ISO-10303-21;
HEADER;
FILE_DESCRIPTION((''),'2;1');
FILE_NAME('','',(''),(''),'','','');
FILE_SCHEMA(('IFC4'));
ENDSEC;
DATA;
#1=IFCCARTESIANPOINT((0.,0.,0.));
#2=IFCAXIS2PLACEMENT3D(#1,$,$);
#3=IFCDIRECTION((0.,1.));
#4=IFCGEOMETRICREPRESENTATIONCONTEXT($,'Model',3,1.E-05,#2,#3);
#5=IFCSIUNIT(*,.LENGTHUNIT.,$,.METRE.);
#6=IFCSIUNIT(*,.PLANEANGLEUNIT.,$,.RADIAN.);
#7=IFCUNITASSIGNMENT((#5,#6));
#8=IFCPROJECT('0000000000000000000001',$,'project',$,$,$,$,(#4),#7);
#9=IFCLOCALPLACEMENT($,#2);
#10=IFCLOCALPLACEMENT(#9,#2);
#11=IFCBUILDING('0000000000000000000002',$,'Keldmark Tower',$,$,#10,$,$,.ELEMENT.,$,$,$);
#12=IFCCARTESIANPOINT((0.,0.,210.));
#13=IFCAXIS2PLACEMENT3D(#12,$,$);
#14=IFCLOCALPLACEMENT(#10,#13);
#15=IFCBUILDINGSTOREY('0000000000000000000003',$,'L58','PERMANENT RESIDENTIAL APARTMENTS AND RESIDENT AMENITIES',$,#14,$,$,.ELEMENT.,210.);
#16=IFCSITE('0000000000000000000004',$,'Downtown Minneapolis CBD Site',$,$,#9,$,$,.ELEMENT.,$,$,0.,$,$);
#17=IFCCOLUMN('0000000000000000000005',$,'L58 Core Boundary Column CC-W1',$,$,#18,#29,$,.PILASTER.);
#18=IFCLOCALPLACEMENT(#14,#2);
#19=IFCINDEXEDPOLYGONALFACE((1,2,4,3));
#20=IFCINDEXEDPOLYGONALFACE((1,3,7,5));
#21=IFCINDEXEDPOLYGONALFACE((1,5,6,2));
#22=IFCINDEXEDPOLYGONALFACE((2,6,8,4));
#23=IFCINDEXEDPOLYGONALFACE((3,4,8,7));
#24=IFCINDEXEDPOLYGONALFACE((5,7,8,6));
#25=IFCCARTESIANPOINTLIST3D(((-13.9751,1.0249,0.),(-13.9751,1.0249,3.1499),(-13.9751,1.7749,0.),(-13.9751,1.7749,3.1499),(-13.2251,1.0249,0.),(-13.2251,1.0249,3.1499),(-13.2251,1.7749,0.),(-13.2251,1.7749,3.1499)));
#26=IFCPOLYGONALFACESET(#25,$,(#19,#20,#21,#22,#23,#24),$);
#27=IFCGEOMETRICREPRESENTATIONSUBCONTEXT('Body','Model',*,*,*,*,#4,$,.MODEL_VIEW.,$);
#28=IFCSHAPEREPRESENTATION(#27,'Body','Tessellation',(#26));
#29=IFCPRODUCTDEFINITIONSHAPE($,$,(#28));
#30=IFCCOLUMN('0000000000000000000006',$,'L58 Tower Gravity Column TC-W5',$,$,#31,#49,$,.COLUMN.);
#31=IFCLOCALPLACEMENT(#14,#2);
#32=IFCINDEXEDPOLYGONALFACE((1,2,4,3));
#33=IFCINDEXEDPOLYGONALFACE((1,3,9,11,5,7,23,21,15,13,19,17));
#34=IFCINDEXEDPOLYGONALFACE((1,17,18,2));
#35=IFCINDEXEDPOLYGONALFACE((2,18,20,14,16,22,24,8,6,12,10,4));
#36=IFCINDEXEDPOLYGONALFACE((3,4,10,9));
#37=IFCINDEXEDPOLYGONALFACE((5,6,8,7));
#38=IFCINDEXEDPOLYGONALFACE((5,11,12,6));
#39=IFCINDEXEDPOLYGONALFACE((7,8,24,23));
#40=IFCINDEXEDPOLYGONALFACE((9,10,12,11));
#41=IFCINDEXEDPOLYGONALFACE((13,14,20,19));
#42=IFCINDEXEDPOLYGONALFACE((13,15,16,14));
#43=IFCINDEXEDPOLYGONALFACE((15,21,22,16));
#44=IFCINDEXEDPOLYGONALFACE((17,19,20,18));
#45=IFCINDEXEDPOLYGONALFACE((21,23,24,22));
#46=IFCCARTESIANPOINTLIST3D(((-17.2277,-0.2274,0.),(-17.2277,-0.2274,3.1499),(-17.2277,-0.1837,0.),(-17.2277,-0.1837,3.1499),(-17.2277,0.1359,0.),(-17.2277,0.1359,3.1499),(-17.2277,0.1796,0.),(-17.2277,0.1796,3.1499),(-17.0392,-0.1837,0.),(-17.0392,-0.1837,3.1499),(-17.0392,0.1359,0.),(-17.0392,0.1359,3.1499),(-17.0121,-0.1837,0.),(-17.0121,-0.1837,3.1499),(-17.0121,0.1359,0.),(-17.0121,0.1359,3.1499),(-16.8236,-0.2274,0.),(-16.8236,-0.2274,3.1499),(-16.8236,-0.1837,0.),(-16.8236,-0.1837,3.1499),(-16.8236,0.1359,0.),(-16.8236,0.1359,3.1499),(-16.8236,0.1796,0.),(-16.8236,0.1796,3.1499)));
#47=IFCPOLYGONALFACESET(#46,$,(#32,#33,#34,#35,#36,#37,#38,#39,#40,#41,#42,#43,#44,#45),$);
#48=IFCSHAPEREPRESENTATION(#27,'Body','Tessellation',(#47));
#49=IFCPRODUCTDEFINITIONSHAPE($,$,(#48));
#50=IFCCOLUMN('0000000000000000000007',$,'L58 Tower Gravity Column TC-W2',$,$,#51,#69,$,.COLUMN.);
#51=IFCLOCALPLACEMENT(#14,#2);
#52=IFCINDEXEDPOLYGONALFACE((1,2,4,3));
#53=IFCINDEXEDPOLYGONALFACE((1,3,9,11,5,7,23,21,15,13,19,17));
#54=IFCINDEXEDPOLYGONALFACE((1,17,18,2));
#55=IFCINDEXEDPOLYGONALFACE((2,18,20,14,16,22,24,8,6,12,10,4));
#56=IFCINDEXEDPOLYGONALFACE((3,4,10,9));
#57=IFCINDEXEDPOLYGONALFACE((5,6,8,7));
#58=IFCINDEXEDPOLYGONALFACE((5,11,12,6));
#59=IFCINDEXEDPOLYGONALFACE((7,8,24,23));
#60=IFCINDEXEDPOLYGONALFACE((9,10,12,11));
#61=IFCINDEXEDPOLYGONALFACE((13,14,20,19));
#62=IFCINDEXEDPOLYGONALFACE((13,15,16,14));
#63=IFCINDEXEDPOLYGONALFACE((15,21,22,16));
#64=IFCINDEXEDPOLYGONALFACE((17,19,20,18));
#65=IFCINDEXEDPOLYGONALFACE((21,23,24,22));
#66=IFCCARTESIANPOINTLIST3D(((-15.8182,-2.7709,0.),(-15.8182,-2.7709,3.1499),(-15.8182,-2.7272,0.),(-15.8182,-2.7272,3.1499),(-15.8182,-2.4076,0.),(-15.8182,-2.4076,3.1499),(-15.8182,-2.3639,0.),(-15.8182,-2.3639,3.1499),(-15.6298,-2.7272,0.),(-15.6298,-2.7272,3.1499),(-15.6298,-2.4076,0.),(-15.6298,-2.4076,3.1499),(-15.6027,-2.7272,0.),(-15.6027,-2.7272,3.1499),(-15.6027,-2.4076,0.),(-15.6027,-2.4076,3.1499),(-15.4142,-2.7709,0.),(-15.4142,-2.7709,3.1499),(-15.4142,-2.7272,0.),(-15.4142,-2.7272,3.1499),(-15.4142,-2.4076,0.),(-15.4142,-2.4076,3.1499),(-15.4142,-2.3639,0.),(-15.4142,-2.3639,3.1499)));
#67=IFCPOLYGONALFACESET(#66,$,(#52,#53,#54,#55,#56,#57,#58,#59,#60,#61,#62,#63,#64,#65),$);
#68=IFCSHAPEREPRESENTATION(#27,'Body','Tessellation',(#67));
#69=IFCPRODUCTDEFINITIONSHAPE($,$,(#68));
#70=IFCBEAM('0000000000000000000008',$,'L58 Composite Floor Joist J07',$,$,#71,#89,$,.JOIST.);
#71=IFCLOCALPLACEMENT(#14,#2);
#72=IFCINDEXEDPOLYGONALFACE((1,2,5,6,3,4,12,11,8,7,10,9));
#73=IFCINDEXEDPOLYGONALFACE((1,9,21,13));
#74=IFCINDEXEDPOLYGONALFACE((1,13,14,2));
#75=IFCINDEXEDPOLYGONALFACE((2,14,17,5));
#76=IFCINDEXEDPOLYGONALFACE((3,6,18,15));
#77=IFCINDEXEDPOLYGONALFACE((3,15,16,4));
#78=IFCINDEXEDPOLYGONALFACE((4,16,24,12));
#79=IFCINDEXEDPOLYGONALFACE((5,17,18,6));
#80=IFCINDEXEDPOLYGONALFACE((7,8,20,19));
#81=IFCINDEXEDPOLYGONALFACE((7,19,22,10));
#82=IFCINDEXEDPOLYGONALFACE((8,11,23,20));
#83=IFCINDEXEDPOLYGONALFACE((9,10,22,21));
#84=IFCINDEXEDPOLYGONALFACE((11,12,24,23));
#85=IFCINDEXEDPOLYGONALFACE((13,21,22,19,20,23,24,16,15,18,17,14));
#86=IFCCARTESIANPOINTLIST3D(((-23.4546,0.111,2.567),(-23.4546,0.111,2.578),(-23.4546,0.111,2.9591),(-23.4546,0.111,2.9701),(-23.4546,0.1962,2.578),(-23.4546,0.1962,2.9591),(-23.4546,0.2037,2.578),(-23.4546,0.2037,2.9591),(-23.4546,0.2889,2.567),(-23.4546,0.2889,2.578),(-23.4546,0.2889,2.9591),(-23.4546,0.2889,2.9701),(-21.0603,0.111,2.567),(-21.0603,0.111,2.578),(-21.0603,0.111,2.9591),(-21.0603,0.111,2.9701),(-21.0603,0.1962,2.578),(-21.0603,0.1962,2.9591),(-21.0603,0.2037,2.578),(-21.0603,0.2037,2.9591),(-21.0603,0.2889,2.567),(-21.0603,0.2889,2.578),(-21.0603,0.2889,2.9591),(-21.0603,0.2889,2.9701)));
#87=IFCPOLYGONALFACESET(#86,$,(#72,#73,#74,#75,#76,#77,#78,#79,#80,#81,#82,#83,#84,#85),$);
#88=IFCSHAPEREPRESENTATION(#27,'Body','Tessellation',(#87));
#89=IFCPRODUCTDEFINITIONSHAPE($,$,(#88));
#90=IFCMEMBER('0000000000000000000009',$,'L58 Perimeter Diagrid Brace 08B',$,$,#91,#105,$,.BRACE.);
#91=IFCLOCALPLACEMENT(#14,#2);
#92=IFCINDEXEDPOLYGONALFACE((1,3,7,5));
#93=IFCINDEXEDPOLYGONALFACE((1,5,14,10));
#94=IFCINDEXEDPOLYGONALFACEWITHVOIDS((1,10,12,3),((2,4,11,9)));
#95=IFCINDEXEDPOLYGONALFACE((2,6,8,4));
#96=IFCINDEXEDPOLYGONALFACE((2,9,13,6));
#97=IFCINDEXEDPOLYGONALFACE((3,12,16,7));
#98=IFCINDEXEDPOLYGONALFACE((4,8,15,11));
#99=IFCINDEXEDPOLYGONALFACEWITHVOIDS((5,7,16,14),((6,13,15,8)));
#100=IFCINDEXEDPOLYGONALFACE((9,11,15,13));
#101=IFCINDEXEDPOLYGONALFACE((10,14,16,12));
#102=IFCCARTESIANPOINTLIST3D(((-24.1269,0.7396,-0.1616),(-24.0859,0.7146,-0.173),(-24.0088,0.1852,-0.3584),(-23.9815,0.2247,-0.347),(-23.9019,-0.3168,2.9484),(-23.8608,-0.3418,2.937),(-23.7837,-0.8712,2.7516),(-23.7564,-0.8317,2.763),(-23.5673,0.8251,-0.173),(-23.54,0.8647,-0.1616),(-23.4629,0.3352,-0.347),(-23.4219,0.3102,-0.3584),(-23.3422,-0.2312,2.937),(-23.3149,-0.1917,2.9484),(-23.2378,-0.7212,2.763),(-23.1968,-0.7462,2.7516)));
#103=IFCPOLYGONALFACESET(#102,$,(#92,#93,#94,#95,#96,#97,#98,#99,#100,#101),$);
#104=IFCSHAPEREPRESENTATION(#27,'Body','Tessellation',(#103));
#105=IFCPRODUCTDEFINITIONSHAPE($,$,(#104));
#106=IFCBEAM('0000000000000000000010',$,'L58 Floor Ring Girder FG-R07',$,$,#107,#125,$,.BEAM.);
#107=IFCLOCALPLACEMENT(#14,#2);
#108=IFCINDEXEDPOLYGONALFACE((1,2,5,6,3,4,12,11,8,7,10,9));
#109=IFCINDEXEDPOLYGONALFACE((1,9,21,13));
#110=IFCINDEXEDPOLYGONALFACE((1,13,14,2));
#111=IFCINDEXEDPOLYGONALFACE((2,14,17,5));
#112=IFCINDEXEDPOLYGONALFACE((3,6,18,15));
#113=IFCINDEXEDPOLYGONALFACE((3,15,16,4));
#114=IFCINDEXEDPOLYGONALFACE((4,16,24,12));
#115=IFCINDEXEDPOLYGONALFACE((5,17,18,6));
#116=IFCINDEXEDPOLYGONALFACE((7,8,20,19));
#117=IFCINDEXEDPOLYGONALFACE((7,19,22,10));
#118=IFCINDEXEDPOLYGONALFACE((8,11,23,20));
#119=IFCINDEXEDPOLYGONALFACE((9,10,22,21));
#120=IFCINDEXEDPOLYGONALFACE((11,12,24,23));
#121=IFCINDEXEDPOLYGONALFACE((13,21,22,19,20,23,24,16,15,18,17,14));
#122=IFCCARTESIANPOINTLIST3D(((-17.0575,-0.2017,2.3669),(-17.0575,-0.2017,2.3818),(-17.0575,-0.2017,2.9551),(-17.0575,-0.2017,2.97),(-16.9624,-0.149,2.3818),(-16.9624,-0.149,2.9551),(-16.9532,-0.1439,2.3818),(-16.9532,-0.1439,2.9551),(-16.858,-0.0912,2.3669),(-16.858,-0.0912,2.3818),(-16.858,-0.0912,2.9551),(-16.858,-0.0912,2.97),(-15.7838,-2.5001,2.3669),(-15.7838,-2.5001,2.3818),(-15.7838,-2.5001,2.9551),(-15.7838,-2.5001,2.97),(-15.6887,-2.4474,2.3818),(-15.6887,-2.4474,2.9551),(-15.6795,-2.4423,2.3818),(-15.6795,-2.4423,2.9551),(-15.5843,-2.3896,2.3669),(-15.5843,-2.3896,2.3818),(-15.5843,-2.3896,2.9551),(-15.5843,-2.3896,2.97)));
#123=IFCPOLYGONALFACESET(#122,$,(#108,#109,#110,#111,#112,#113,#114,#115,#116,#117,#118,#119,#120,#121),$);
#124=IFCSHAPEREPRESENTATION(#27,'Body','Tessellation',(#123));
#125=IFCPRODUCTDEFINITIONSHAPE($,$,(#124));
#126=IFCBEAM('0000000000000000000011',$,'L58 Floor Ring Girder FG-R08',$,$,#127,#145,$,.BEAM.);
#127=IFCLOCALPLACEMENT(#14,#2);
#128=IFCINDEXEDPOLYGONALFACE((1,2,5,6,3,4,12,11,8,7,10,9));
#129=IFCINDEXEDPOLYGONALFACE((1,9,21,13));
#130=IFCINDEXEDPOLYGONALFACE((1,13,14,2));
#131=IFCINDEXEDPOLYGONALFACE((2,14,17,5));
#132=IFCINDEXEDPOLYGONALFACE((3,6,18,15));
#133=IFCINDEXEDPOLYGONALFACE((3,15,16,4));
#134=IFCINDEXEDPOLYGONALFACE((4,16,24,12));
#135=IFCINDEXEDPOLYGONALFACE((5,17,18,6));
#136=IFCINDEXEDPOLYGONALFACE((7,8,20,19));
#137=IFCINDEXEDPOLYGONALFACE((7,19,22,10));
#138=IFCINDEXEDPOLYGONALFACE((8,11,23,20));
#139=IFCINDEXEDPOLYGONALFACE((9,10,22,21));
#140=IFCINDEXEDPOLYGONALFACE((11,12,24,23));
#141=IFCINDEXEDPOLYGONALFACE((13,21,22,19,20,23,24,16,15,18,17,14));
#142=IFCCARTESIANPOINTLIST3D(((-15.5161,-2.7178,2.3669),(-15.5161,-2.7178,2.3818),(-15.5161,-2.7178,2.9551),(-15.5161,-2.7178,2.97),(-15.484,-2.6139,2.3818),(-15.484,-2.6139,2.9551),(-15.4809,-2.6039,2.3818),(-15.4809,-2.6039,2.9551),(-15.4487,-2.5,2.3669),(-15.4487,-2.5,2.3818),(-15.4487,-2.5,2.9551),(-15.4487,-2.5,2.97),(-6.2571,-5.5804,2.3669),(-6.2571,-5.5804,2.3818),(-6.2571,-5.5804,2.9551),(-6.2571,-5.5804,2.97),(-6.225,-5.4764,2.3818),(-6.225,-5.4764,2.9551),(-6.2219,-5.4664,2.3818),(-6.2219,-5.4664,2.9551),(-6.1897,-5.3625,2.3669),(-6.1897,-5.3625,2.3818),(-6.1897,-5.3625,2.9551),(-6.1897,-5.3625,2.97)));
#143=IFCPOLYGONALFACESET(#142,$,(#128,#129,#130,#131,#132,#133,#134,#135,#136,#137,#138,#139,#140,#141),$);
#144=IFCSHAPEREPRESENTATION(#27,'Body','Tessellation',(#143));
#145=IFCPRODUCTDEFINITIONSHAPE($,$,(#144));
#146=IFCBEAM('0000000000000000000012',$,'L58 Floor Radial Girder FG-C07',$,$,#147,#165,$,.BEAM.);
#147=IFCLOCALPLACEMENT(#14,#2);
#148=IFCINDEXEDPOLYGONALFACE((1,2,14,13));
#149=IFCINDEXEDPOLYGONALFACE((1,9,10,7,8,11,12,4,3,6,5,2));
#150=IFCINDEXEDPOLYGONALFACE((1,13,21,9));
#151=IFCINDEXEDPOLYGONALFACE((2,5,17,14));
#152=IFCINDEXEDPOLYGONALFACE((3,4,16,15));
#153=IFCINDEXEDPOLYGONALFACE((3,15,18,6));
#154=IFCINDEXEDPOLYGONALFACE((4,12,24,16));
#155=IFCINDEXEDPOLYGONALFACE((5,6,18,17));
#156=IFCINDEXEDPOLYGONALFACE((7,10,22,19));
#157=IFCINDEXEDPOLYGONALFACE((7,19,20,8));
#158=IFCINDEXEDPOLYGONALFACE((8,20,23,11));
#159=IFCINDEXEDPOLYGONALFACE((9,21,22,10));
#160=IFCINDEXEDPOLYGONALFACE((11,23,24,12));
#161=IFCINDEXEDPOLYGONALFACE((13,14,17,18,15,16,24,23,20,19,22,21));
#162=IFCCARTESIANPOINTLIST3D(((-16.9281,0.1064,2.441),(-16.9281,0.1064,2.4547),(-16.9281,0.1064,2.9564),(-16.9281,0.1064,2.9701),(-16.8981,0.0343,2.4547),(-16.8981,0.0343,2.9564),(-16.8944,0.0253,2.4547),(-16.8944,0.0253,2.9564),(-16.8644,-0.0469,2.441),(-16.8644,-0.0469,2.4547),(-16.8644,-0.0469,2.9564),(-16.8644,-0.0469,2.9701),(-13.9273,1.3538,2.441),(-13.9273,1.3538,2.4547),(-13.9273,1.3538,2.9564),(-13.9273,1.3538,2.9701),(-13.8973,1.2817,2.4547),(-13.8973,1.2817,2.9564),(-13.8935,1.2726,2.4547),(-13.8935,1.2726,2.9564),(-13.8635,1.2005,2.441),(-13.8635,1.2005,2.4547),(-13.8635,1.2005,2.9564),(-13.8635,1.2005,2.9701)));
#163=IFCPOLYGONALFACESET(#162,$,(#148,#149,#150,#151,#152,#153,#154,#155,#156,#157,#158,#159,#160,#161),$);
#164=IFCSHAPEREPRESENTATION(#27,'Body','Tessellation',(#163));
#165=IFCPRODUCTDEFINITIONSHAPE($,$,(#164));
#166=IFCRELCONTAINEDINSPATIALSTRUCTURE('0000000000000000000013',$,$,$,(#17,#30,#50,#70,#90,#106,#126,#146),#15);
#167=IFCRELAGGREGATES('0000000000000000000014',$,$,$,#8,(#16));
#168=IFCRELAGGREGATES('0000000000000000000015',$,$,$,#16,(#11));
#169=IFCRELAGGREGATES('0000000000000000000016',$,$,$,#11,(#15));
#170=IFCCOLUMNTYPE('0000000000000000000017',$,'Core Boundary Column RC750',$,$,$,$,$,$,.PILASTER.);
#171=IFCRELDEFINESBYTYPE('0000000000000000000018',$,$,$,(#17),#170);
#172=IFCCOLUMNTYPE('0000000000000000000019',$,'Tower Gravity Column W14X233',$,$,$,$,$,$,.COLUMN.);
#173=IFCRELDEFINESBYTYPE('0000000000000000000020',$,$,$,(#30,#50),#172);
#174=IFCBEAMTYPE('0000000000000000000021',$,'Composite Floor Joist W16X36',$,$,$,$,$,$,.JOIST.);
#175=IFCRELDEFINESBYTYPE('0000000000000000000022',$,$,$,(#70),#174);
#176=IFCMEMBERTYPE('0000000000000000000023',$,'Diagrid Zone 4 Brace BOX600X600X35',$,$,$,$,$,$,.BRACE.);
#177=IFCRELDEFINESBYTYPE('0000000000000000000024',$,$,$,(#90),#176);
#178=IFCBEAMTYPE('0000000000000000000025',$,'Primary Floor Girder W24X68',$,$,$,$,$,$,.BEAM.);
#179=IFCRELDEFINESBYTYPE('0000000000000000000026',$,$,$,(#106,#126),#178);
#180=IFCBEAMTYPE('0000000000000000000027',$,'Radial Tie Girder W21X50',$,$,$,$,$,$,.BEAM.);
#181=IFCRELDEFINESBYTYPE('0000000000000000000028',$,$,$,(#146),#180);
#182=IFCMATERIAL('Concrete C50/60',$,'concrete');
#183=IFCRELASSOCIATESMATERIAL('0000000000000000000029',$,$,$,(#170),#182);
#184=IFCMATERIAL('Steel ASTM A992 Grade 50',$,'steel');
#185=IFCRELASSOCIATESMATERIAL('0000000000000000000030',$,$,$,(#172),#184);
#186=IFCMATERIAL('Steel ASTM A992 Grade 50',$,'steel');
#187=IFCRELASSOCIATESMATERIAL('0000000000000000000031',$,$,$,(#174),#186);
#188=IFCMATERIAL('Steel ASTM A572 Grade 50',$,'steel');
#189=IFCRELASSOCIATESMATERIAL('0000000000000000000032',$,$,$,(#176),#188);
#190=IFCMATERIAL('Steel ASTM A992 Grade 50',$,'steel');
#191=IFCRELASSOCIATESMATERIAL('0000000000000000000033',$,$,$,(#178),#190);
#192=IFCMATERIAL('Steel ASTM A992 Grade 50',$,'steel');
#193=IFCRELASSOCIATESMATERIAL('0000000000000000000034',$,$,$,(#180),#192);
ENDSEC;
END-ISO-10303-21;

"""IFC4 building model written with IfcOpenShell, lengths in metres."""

from ifc_helpers import new_model, si_unit, direction, frame, origin, origin_2d, place, context, subcontext, project, spatial, rectangle, hollow_rectangle, i_section, extrude, material, material_profile, profile_set, type_object, element, save


model = new_model("IFC4")

# Units and contexts
model_context = context("Model", 3, precision=1e-05, world=origin(), true_north=direction((0.0, 1.0)))
body_context = subcontext(model_context, "Body", "Model", "MODEL_VIEW")
ifc_project = project(units=[si_unit("LENGTHUNIT", "METRE"), si_unit("PLANEANGLEUNIT", "RADIAN")], contexts=[model_context])

# Site, building, storey
site_placement = place(None, origin())
site = spatial("IfcSite", under=ifc_project, at=site_placement, Name="Downtown Minneapolis CBD Site", CompositionType="ELEMENT", RefElevation=0.0)
building_placement = place(site_placement, origin())
building = spatial("IfcBuilding", under=site, at=building_placement, Name="Keldmark Tower", CompositionType="ELEMENT")
storey_placement = place(building_placement, frame((0.0, 0.0, 210.0)))
storey = spatial("IfcBuildingStorey", under=building, at=storey_placement, Name="L58", Description="PERMANENT RESIDENTIAL APARTMENTS AND RESIDENT AMENITIES", CompositionType="ELEMENT", Elevation=210.0)

# Columns
ifc_material_1 = material(Name="Concrete C50/60", Category="concrete")
ifc_material_profile_1 = material_profile(ifc_material_1, rectangle(XDim=0.75, YDim=0.75, at=origin_2d()), Name="RC750X750")
ifc_profile_set_1 = profile_set([ifc_material_profile_1], Name="Concrete C50/60")
column_type_1 = type_object("IfcColumnType", Name="Core Boundary Column RC750", PredefinedType="PILASTER", material=ifc_profile_set_1)
column_placement = place(storey_placement, frame((-13.6001, 1.3999, 0.0), z_axis=(0.0, 0.0, 1.0), x_axis=(1.0, 0.0, 0.0)))
element("IfcColumn", 1, at=column_placement, inside=storey, type_object=column_type_1, Name="L58 Core Boundary Column CC-W1", PredefinedType="PILASTER", context=body_context, shape_type="SweptSolid", body=[
    extrude(rectangle(XDim=0.75, YDim=0.75, at=origin_2d()), origin(), (0.0, 0.0, 1.0), 3.1499),
])
ifc_material_2 = material(Name="Steel ASTM A992 Grade 50", Category="steel")
ifc_material_profile_2 = material_profile(ifc_material_2, i_section(OverallWidth=0.4041, OverallDepth=0.407, WebThickness=0.0271, FlangeThickness=0.0437, at=origin_2d()), Name="W14X233")
ifc_profile_set_2 = profile_set([ifc_material_profile_2], Name="Steel ASTM A992 Grade 50")
column_type_2 = type_object("IfcColumnType", Name="Tower Gravity Column W14X233", PredefinedType="COLUMN", material=ifc_profile_set_2)
for number, where, z_axis, x_axis, name in (
    (2, (-17.0256, -0.0239, 0.0), (0.0, 0.0, 1.0), (1.0, 0.0, 0.0), "L58 Tower Gravity Column TC-W5"),
    (3, (-15.6162, -2.5674, 0.0), (0.0, 0.0, 1.0), (1.0, 0.0, 0.0), "L58 Tower Gravity Column TC-W2"),
):
    element("IfcColumn", number, at=place(storey_placement, frame(where, z_axis=z_axis, x_axis=x_axis)), inside=storey, type_object=column_type_2, Name=name, PredefinedType="COLUMN", context=body_context, shape_type="SweptSolid", body=[
        extrude(i_section(OverallWidth=0.4041, OverallDepth=0.407, WebThickness=0.0271, FlangeThickness=0.0437, at=origin_2d()), origin(), (0.0, 0.0, 1.0), 3.1499),
    ])

# Beam
ifc_material_3 = material(Name="Steel ASTM A992 Grade 50", Category="steel")
ifc_material_profile_3 = material_profile(ifc_material_3, i_section(OverallWidth=0.178, OverallDepth=0.4031, WebThickness=0.0076, FlangeThickness=0.011, at=origin_2d()), Name="W16X36")
ifc_profile_set_3 = profile_set([ifc_material_profile_3], Name="Steel ASTM A992 Grade 50")
beam_type_1 = type_object("IfcBeamType", Name="Composite Floor Joist W16X36", PredefinedType="JOIST", material=ifc_profile_set_3)
beam_1_placement = place(storey_placement, frame((-23.4546, 0.2, 2.7686), z_axis=(1.0, 0.0, 0.0), x_axis=(0.0, 1.0, 0.0)))
element("IfcBeam", 4, at=beam_1_placement, inside=storey, type_object=beam_type_1, Name="L58 Composite Floor Joist J07", PredefinedType="JOIST", context=body_context, shape_type="SweptSolid", body=[
    extrude(i_section(OverallWidth=0.178, OverallDepth=0.4031, WebThickness=0.0076, FlangeThickness=0.011, at=origin_2d()), origin(), (0.0, 0.0, 1.0), 2.3943),
])

# Member
ifc_material_4 = material(Name="Steel ASTM A572 Grade 50", Category="steel")
ifc_material_profile_4 = material_profile(ifc_material_4, hollow_rectangle(XDim=0.6001, YDim=0.6001, WallThickness=0.0349, at=origin_2d()), Name="BOX600X600X35")
ifc_profile_set_4 = profile_set([ifc_material_profile_4], Name="Steel ASTM A572 Grade 50")
member_type = type_object("IfcMemberType", Name="Diagrid Zone 4 Brace BOX600X600X35", PredefinedType="BRACE", material=ifc_profile_set_4)
member_placement = place(storey_placement, frame((-23.7744, 0.5249, -0.26), z_axis=(0.06837, -0.320866, 0.944654), x_axis=(0.978043, 0.208402, 0.0)))
element("IfcMember", 5, at=member_placement, inside=storey, type_object=member_type, Name="L58 Perimeter Diagrid Brace 08B", PredefinedType="BRACE", context=body_context, shape_type="SweptSolid", body=[
    extrude(hollow_rectangle(XDim=0.6001, YDim=0.6001, WallThickness=0.0349, at=origin_2d()), origin(), (0.0, 0.0, 1.0), 3.2922),
])

# Beams
ifc_material_5 = material(Name="Steel ASTM A992 Grade 50", Category="steel")
ifc_material_profile_5 = material_profile(ifc_material_5, i_section(OverallWidth=0.228, OverallDepth=0.603, WebThickness=0.0105, FlangeThickness=0.0149, at=origin_2d()), Name="W24X68")
ifc_profile_set_5 = profile_set([ifc_material_profile_5], Name="Steel ASTM A992 Grade 50")
beam_type_2 = type_object("IfcBeamType", Name="Primary Floor Girder W24X68", PredefinedType="BEAM", material=ifc_profile_set_5)
beam_2_placement = place(storey_placement, frame((-16.9578, -0.1465, 2.6685), z_axis=(0.48472, -0.87467, 0.0), x_axis=(0.87467, 0.48472, 0.0)))
element("IfcBeam", 6, at=beam_2_placement, inside=storey, type_object=beam_type_2, Name="L58 Floor Ring Girder FG-R07", PredefinedType="BEAM", context=body_context, shape_type="SweptSolid", body=[
    extrude(i_section(OverallWidth=0.228, OverallDepth=0.603, WebThickness=0.0105, FlangeThickness=0.0149, at=origin_2d()), origin(), (0.0, 0.0, 1.0), 2.6277),
])
beam_3_placement = place(storey_placement, frame((-15.4824, -2.6089, 2.6685), z_axis=(0.955383, -0.295369, 0.0), x_axis=(0.295369, 0.955383, 0.0)))
element("IfcBeam", 7, at=beam_3_placement, inside=storey, type_object=beam_type_2, Name="L58 Floor Ring Girder FG-R08", PredefinedType="BEAM", context=body_context, shape_type="SweptSolid", body=[
    extrude(i_section(OverallWidth=0.228, OverallDepth=0.603, WebThickness=0.0105, FlangeThickness=0.0149, at=origin_2d()), origin(), (0.0, 0.0, 1.0), 9.6914),
])
ifc_material_6 = material(Name="Steel ASTM A992 Grade 50", Category="steel")
ifc_material_profile_6 = material_profile(ifc_material_6, i_section(OverallWidth=0.166, OverallDepth=0.5291, WebThickness=0.0098, FlangeThickness=0.0137, at=origin_2d()), Name="W21X50")
ifc_profile_set_6 = profile_set([ifc_material_profile_6], Name="Steel ASTM A992 Grade 50")
beam_type_3 = type_object("IfcBeamType", Name="Radial Tie Girder W21X50", PredefinedType="BEAM", material=ifc_profile_set_6)
beam_4_placement = place(storey_placement, frame((-16.8962, 0.0298, 2.7056), z_axis=(0.923403, 0.383831, 0.0), x_axis=(-0.383831, 0.923403, 0.0)))
element("IfcBeam", 8, at=beam_4_placement, inside=storey, type_object=beam_type_3, Name="L58 Floor Radial Girder FG-C07", PredefinedType="BEAM", context=body_context, shape_type="SweptSolid", body=[
    extrude(i_section(OverallWidth=0.166, OverallDepth=0.5291, WebThickness=0.0098, FlangeThickness=0.0137, at=origin_2d()), origin(), (0.0, 0.0, 1.0), 3.2498),
])

save(model, "model.ifc")
